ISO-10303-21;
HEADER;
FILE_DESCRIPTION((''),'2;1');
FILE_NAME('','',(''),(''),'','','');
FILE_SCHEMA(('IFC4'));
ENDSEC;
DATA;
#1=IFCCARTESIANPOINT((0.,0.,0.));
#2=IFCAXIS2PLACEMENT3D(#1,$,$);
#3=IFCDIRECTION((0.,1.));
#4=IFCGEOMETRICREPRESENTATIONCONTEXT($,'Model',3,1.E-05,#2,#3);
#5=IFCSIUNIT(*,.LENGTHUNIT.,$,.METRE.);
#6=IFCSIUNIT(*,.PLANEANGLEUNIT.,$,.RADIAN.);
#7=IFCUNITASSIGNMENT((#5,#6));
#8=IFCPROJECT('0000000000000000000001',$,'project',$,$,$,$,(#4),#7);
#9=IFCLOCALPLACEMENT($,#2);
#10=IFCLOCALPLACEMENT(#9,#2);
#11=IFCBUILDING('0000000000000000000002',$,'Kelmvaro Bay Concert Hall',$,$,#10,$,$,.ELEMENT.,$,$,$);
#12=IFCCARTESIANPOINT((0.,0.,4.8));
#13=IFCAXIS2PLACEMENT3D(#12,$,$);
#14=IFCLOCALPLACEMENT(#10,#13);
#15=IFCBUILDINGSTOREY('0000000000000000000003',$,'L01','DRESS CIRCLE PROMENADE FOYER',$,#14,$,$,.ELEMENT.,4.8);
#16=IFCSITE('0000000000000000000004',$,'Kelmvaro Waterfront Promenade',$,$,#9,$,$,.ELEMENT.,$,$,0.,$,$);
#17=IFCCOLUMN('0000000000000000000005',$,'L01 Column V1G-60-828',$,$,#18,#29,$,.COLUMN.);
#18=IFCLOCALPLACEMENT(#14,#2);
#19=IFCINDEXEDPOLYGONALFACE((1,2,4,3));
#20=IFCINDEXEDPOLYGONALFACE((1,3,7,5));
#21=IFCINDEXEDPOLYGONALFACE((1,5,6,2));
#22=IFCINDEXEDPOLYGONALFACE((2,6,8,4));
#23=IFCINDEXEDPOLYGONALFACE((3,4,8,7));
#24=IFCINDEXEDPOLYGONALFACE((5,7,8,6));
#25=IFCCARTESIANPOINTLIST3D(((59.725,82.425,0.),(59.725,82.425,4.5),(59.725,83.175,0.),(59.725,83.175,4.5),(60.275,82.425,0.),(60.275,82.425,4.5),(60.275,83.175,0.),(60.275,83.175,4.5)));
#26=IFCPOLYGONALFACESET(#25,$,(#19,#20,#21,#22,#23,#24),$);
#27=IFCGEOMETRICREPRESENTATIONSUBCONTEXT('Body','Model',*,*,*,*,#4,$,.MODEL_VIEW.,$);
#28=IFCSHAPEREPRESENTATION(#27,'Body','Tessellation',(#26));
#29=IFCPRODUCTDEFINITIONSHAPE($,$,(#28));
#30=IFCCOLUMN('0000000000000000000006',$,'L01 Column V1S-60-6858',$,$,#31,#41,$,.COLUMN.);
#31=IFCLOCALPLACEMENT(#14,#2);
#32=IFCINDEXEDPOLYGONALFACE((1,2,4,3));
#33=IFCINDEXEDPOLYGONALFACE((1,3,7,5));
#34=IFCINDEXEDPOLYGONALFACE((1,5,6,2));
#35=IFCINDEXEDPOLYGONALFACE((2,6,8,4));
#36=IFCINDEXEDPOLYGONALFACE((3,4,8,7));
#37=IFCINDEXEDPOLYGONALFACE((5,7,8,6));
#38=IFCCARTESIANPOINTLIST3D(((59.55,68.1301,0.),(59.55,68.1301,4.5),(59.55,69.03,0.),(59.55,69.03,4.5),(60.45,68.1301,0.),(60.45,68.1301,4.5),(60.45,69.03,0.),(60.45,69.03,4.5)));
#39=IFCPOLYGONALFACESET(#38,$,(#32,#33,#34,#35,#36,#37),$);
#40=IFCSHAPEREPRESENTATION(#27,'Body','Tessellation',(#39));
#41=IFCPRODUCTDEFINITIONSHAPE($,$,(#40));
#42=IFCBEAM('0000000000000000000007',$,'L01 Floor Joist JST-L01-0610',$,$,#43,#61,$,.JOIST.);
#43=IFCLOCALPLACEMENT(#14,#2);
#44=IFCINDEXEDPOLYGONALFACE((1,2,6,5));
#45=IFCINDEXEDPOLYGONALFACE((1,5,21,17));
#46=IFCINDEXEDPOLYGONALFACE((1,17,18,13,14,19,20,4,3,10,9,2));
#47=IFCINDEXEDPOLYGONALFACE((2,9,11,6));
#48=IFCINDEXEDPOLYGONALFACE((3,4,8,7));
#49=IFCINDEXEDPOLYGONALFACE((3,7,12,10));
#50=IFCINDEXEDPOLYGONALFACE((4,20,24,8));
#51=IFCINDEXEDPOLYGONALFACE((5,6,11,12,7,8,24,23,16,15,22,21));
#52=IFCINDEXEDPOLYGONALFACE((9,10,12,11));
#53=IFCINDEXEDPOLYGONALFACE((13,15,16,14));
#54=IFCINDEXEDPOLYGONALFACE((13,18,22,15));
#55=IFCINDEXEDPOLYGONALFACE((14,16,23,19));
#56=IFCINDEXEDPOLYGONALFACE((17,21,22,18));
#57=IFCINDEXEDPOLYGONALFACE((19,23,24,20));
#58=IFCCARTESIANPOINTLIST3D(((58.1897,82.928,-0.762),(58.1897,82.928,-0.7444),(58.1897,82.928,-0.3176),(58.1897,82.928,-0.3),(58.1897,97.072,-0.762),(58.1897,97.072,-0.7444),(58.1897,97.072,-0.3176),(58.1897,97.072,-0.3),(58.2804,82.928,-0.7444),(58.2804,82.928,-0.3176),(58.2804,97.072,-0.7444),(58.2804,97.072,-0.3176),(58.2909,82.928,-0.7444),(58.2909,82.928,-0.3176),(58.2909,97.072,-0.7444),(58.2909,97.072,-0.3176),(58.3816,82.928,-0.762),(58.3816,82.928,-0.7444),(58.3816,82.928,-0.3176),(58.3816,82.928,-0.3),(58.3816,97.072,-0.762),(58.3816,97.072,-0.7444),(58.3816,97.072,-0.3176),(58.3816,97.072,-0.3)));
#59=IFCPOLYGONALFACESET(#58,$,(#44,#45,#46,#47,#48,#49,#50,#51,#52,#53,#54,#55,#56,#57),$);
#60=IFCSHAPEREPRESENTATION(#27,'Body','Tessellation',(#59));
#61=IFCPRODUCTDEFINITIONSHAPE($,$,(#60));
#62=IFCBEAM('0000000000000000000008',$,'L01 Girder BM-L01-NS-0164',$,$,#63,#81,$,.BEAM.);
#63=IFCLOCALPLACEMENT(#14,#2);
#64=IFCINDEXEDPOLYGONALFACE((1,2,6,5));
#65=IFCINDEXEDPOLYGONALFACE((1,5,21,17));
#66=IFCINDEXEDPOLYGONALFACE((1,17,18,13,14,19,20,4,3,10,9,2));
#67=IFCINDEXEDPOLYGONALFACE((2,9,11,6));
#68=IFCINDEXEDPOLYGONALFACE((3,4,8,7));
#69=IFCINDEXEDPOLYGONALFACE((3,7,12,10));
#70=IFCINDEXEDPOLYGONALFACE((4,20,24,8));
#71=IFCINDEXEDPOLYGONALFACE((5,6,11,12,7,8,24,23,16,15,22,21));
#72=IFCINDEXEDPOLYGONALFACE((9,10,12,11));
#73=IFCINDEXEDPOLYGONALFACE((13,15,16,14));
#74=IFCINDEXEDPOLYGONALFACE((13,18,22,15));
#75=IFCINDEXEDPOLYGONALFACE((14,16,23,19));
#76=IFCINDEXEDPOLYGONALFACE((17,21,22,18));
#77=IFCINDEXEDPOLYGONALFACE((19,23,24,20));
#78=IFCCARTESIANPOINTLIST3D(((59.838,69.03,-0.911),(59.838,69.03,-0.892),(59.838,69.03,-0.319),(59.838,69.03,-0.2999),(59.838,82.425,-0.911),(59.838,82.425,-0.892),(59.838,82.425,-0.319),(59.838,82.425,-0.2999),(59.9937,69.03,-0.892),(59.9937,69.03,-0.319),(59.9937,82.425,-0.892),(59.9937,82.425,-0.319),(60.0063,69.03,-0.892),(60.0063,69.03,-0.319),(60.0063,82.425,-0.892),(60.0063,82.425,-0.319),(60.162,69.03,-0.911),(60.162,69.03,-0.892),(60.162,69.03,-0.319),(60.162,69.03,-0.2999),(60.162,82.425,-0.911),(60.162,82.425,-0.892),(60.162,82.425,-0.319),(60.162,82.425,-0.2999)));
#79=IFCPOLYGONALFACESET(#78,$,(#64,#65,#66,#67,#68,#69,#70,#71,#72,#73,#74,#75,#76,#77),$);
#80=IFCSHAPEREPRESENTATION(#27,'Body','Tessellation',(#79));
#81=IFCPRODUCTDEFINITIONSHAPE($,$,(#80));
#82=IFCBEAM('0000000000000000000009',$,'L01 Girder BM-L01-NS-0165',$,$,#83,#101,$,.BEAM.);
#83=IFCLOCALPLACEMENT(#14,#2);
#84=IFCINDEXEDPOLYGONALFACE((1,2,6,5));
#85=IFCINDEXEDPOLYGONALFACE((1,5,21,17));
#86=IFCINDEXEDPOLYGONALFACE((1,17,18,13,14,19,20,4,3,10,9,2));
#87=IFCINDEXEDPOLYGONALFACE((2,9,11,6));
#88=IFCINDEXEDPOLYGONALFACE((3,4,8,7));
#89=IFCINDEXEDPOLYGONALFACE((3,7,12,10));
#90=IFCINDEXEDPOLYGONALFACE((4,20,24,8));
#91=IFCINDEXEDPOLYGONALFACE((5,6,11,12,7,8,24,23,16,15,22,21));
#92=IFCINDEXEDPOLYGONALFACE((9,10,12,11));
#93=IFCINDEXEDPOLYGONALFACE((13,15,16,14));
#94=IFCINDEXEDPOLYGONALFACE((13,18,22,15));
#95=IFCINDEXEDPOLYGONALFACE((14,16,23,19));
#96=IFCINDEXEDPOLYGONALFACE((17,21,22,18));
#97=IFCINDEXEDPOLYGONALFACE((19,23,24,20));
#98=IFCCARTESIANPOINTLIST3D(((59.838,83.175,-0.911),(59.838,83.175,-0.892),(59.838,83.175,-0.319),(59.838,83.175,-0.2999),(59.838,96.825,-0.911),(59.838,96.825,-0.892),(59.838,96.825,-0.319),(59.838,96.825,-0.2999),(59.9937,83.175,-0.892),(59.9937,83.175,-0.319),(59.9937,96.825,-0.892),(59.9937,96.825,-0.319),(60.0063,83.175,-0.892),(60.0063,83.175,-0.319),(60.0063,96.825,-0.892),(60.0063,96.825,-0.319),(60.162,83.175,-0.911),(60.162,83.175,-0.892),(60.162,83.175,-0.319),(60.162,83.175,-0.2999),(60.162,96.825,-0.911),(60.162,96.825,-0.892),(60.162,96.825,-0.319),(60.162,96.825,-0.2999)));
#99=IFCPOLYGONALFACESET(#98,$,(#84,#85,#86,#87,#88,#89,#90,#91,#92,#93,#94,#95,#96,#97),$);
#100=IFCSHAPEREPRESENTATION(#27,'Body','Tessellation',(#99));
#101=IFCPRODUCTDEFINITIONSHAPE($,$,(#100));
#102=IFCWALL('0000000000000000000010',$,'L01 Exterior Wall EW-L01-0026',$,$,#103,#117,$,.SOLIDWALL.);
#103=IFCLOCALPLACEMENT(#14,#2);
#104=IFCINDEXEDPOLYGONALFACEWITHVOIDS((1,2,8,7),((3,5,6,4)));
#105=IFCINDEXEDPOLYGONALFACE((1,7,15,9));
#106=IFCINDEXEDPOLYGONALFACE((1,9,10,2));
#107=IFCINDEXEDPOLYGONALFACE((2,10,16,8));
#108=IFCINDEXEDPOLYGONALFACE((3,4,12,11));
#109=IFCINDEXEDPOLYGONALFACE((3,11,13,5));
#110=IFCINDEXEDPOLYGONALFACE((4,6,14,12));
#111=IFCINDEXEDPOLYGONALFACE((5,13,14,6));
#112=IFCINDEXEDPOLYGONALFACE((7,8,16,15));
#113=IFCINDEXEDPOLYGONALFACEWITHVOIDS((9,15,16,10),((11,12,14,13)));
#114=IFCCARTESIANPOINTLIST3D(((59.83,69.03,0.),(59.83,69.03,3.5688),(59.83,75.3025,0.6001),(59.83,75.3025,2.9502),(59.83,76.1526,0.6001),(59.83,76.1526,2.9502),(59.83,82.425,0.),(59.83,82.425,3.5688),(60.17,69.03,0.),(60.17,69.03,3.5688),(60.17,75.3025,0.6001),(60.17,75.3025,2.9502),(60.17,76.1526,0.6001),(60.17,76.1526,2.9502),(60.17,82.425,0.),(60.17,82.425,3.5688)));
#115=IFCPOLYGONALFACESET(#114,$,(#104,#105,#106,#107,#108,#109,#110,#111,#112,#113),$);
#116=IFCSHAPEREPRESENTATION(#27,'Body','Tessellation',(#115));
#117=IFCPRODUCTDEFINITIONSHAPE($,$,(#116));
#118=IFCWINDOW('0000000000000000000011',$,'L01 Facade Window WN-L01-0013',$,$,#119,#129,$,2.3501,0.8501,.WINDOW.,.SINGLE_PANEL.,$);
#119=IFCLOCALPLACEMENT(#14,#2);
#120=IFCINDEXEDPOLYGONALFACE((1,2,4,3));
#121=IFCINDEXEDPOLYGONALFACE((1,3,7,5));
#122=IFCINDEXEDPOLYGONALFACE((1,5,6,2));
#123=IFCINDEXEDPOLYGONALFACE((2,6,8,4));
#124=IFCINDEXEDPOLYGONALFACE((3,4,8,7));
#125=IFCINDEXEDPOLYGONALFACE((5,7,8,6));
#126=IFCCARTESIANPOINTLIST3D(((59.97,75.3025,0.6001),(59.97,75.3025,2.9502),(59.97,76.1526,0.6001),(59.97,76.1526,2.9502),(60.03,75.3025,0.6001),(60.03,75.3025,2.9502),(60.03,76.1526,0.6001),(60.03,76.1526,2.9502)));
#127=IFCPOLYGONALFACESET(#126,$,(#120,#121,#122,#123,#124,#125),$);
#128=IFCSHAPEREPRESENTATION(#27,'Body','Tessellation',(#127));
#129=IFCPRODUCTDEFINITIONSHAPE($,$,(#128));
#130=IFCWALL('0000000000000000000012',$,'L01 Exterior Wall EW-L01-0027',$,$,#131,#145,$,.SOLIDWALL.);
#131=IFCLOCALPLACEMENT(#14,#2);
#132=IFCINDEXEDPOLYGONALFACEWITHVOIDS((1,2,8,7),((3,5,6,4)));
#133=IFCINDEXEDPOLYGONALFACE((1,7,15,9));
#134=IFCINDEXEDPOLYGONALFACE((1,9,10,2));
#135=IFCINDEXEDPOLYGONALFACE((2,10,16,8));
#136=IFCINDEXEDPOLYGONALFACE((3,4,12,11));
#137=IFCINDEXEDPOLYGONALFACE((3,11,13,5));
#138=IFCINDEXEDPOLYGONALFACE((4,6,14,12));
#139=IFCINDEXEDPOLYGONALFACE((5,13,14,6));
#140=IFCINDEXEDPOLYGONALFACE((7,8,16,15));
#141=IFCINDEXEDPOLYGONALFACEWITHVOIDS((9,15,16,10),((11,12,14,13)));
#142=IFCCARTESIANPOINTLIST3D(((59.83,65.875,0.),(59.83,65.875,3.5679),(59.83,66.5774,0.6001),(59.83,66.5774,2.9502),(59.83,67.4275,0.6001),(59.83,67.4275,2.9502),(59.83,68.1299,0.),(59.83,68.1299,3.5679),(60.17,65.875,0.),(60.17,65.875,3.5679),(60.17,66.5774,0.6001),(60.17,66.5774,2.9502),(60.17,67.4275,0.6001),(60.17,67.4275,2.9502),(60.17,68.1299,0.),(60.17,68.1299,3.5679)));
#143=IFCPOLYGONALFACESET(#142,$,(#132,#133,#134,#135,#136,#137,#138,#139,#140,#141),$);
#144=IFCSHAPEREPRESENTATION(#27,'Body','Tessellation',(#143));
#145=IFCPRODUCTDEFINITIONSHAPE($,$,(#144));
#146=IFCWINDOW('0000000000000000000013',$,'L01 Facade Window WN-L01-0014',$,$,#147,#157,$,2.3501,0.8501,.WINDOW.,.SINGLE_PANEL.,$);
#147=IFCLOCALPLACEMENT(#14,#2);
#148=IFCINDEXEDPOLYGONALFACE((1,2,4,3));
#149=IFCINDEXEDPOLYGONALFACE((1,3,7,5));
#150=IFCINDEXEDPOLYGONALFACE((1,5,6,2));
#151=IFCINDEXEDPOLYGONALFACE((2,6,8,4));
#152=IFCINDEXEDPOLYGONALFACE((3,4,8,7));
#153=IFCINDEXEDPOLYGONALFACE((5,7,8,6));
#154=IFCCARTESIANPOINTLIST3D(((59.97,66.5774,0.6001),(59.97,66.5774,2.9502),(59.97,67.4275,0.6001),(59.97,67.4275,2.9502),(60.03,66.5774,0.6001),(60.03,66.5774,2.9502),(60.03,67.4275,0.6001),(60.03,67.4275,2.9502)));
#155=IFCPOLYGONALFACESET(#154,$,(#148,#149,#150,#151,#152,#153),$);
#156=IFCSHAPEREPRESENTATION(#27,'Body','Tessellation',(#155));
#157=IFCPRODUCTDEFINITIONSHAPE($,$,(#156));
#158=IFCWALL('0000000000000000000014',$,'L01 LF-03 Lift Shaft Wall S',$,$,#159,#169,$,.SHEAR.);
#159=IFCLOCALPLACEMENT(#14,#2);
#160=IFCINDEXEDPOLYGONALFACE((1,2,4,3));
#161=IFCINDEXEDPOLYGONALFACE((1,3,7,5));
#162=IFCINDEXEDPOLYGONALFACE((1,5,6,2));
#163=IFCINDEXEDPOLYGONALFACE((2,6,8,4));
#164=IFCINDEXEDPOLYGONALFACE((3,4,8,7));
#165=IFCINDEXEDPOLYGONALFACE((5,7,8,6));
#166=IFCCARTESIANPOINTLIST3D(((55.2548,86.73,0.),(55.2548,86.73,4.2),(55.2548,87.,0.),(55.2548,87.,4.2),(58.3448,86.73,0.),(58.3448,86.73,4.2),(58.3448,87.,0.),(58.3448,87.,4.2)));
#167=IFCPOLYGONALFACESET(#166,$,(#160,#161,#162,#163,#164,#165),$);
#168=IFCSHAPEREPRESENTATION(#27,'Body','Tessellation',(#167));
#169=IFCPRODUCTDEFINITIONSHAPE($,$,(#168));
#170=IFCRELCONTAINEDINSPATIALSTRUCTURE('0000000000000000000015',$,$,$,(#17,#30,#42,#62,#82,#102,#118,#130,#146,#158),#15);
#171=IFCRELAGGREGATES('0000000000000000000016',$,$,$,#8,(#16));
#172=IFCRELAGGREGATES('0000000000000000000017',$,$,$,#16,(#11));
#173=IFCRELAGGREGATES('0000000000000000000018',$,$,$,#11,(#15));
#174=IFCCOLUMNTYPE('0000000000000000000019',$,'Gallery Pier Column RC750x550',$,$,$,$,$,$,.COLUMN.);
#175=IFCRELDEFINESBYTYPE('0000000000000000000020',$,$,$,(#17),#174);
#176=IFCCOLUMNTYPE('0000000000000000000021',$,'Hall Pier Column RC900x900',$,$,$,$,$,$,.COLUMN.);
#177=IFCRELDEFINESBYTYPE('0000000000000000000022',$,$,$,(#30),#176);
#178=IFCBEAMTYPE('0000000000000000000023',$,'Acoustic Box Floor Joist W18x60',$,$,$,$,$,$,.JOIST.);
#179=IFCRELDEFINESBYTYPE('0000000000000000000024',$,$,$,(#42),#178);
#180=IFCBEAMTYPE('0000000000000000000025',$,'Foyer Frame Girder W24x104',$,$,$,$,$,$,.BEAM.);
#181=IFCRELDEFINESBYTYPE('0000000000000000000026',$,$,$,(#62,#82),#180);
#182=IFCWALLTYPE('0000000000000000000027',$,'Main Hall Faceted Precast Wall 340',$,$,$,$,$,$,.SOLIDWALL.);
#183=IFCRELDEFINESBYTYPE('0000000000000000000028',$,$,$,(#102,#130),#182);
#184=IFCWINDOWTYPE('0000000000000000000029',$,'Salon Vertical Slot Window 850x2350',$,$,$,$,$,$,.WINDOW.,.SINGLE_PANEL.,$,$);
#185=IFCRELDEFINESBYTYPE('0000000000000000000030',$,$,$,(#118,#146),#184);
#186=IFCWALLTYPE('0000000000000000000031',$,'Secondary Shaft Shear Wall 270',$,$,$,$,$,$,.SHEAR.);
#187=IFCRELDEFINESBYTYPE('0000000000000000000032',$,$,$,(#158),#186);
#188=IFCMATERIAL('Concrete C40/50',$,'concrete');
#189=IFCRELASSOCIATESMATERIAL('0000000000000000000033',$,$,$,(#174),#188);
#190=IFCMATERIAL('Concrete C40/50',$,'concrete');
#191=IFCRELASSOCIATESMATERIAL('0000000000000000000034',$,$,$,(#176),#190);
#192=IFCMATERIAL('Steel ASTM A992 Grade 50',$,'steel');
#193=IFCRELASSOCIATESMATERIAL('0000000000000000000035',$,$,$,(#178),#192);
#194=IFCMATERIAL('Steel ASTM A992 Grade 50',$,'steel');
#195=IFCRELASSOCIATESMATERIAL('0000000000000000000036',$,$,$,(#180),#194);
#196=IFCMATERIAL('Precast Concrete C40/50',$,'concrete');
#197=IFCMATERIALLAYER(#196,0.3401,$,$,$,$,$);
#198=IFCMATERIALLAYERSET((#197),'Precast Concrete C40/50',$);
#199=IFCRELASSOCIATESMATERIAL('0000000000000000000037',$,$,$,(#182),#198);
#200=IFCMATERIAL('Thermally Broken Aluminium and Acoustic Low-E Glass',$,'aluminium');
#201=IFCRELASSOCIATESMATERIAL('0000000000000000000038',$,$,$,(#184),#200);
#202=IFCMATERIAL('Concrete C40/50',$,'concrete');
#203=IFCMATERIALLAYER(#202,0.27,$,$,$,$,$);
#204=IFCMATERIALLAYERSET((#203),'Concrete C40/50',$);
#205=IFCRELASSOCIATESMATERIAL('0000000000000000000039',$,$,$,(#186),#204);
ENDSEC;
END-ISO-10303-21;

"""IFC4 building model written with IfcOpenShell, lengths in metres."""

from ifc_helpers import new_model, si_unit, direction, frame, frame_2d, origin, origin_2d, place, context, subcontext, project, spatial, rectangle, i_section, extrude, material, layer, layer_set, material_profile, profile_set, type_object, element, fill, save


model = new_model("IFC4")

# Units and contexts
model_context = context("Model", 3, precision=1e-05, world=origin(), true_north=direction((0.0, 1.0)))
body_context = subcontext(model_context, "Body", "Model", "MODEL_VIEW")
ifc_project = project(units=[si_unit("LENGTHUNIT", "METRE"), si_unit("PLANEANGLEUNIT", "RADIAN")], contexts=[model_context])

# Site, building, storey
site_placement = place(None, origin())
site = spatial("IfcSite", under=ifc_project, at=site_placement, Name="Kelmvaro Waterfront Promenade", CompositionType="ELEMENT", RefElevation=0.0)
building_placement = place(site_placement, origin())
building = spatial("IfcBuilding", under=site, at=building_placement, Name="Kelmvaro Bay Concert Hall", CompositionType="ELEMENT")
storey_placement = place(building_placement, frame((0.0, 0.0, 4.8)))
storey = spatial("IfcBuildingStorey", under=building, at=storey_placement, Name="L01", Description="DRESS CIRCLE PROMENADE FOYER", CompositionType="ELEMENT", Elevation=4.8)

# Columns
ifc_material_1 = material(Name="Concrete C40/50", Category="concrete")
ifc_material_profile_1 = material_profile(ifc_material_1, rectangle(XDim=0.55, YDim=0.75, at=origin_2d()), Name="RC-COL-750X550")
ifc_profile_set_1 = profile_set([ifc_material_profile_1], Name="Concrete C40/50")
column_type_1 = type_object("IfcColumnType", Name="Gallery Pier Column RC750x550", PredefinedType="COLUMN", material=ifc_profile_set_1)
column_1_placement = place(storey_placement, frame((60.0, 82.8, 0.0), z_axis=(0.0, 0.0, 1.0), x_axis=(1.0, 0.0, 0.0)))
element("IfcColumn", 1, at=column_1_placement, inside=storey, type_object=column_type_1, Name="L01 Column V1G-60-828", PredefinedType="COLUMN", context=body_context, shape_type="SweptSolid", body=[
    extrude(rectangle(XDim=0.55, YDim=0.75, at=origin_2d()), origin(), (0.0, 0.0, 1.0), 4.5),
])
ifc_material_2 = material(Name="Concrete C40/50", Category="concrete")
ifc_material_profile_2 = material_profile(ifc_material_2, rectangle(XDim=0.8999, YDim=0.8999, at=origin_2d()), Name="RC-COL-900X900")
ifc_profile_set_2 = profile_set([ifc_material_profile_2], Name="Concrete C40/50")
column_type_2 = type_object("IfcColumnType", Name="Hall Pier Column RC900x900", PredefinedType="COLUMN", material=ifc_profile_set_2)
column_2_placement = place(storey_placement, frame((60.0, 68.5801, 0.0), z_axis=(0.0, 0.0, 1.0), x_axis=(1.0, 0.0, 0.0)))
element("IfcColumn", 2, at=column_2_placement, inside=storey, type_object=column_type_2, Name="L01 Column V1S-60-6858", PredefinedType="COLUMN", context=body_context, shape_type="SweptSolid", body=[
    extrude(rectangle(XDim=0.8999, YDim=0.8999, at=origin_2d()), origin(), (0.0, 0.0, 1.0), 4.5),
])

# Beams
ifc_material_3 = material(Name="Steel ASTM A992 Grade 50", Category="steel")
ifc_material_profile_3 = material_profile(ifc_material_3, i_section(OverallWidth=0.1919, OverallDepth=0.4619, WebThickness=0.0105, FlangeThickness=0.0176, at=origin_2d()), Name="W18X60")
ifc_profile_set_3 = profile_set([ifc_material_profile_3], Name="Steel ASTM A992 Grade 50")
beam_type_1 = type_object("IfcBeamType", Name="Acoustic Box Floor Joist W18x60", PredefinedType="JOIST", material=ifc_profile_set_3)
beam_1_placement = place(storey_placement, frame((58.2856, 82.928, -0.531), z_axis=(0.0, 1.0, 0.0), x_axis=(-1.0, 0.0, 0.0)))
element("IfcBeam", 3, at=beam_1_placement, inside=storey, type_object=beam_type_1, Name="L01 Floor Joist JST-L01-0610", PredefinedType="JOIST", context=body_context, shape_type="SweptSolid", body=[
    extrude(i_section(OverallWidth=0.1919, OverallDepth=0.4619, WebThickness=0.0105, FlangeThickness=0.0176, at=origin_2d()), origin(), (0.0, 0.0, 1.0), 14.144),
])
ifc_material_4 = material(Name="Steel ASTM A992 Grade 50", Category="steel")
ifc_material_profile_4 = material_profile(ifc_material_4, i_section(OverallWidth=0.324, OverallDepth=0.6111, WebThickness=0.0127, FlangeThickness=0.019, at=origin_2d()), Name="W24X104")
ifc_profile_set_4 = profile_set([ifc_material_profile_4], Name="Steel ASTM A992 Grade 50")
beam_type_2 = type_object("IfcBeamType", Name="Foyer Frame Girder W24x104", PredefinedType="BEAM", material=ifc_profile_set_4)
beam_2_placement = place(storey_placement, frame((60.0, 69.03, -0.6055), z_axis=(0.0, 1.0, 0.0), x_axis=(-1.0, 0.0, 0.0)))
element("IfcBeam", 4, at=beam_2_placement, inside=storey, type_object=beam_type_2, Name="L01 Girder BM-L01-NS-0164", PredefinedType="BEAM", context=body_context, shape_type="SweptSolid", body=[
    extrude(i_section(OverallWidth=0.324, OverallDepth=0.6111, WebThickness=0.0127, FlangeThickness=0.019, at=origin_2d()), origin(), (0.0, 0.0, 1.0), 13.395),
])
beam_3_placement = place(storey_placement, frame((60.0, 83.175, -0.6055), z_axis=(0.0, 1.0, 0.0), x_axis=(-1.0, 0.0, 0.0)))
element("IfcBeam", 5, at=beam_3_placement, inside=storey, type_object=beam_type_2, Name="L01 Girder BM-L01-NS-0165", PredefinedType="BEAM", context=body_context, shape_type="SweptSolid", body=[
    extrude(i_section(OverallWidth=0.324, OverallDepth=0.6111, WebThickness=0.0127, FlangeThickness=0.019, at=origin_2d()), origin(), (0.0, 0.0, 1.0), 13.6499),
])

# Walls, openings, windows
ifc_material_5 = material(Name="Precast Concrete C40/50", Category="concrete")
ifc_layer_1 = layer(ifc_material_5, 0.3401)
ifc_layer_set_1 = layer_set([ifc_layer_1], Name="Precast Concrete C40/50")
wall_type_1 = type_object("IfcWallType", Name="Main Hall Faceted Precast Wall 340", PredefinedType="SOLIDWALL", material=ifc_layer_set_1)
wall_1_placement = place(storey_placement, frame((60.0, 82.425, 0.0), z_axis=(0.0, 0.0, 1.0), x_axis=(0.0, -1.0, 0.0)))
wall_1 = element("IfcWall", 6, at=wall_1_placement, inside=storey, type_object=wall_type_1, Name="L01 Exterior Wall EW-L01-0026", PredefinedType="SOLIDWALL", context=body_context, shape_type="SweptSolid", body=[
    extrude(rectangle(XDim=13.395, YDim=0.3401, at=frame_2d((6.6975, 0.0))), origin(), (0.0, 0.0, 1.0), 3.5688),
])
opening_1_placement = place(wall_1_placement, frame((6.2725, 0.0, 0.6001)))
opening_1 = element("IfcOpeningElement", 7, at=opening_1_placement, cuts=wall_1, PredefinedType="OPENING", context=body_context, shape_type="SweptSolid", body=[
    extrude(rectangle(XDim=0.8501, YDim=2.3501, at=frame_2d((0.425, 1.175))), frame((0.0, 0.1799, 0.0), z_axis=(0.0, -1.0, 0.0), x_axis=(1.0, 0.0, 0.0)), (0.0, 0.0, 1.0), 0.3601),
])
ifc_material_6 = material(Name="Thermally Broken Aluminium and Acoustic Low-E Glass", Category="aluminium")
window_type = type_object("IfcWindowType", Name="Salon Vertical Slot Window 850x2350", PartitioningType="SINGLE_PANEL", PredefinedType="WINDOW", material=ifc_material_6)
window_1_placement = place(opening_1_placement, origin())
window_1 = element("IfcWindow", 8, at=window_1_placement, inside=storey, type_object=window_type, Name="L01 Facade Window WN-L01-0013", OverallHeight=2.3501, OverallWidth=0.8501, PartitioningType="SINGLE_PANEL", PredefinedType="WINDOW", context=body_context, shape_type="SweptSolid", body=[
    extrude(rectangle(XDim=0.8501, YDim=2.3501, at=frame_2d((0.425, 1.175))), frame((0.0, 0.03, 0.0), z_axis=(0.0, -1.0, 0.0), x_axis=(1.0, 0.0, 0.0)), (0.0, 0.0, 1.0), 0.0601),
])
fill(opening_1, window_1)
wall_2_placement = place(storey_placement, frame((60.0, 68.1299, 0.0), z_axis=(0.0, 0.0, 1.0), x_axis=(0.0, -1.0, 0.0)))
wall_2 = element("IfcWall", 9, at=wall_2_placement, inside=storey, type_object=wall_type_1, Name="L01 Exterior Wall EW-L01-0027", PredefinedType="SOLIDWALL", context=body_context, shape_type="SweptSolid", body=[
    extrude(rectangle(XDim=2.2549, YDim=0.3401, at=frame_2d((1.1274, 0.0))), origin(), (0.0, 0.0, 1.0), 3.5679),
])
opening_2_placement = place(wall_2_placement, frame((0.7024, 0.0, 0.6001)))
opening_2 = element("IfcOpeningElement", 10, at=opening_2_placement, cuts=wall_2, PredefinedType="OPENING", context=body_context, shape_type="SweptSolid", body=[
    extrude(rectangle(XDim=0.8501, YDim=2.3501, at=frame_2d((0.425, 1.175))), frame((0.0, 0.1799, 0.0), z_axis=(0.0, -1.0, 0.0), x_axis=(1.0, 0.0, 0.0)), (0.0, 0.0, 1.0), 0.3601),
])
window_2_placement = place(opening_2_placement, origin())
window_2 = element("IfcWindow", 11, at=window_2_placement, inside=storey, type_object=window_type, Name="L01 Facade Window WN-L01-0014", OverallHeight=2.3501, OverallWidth=0.8501, PartitioningType="SINGLE_PANEL", PredefinedType="WINDOW", context=body_context, shape_type="SweptSolid", body=[
    extrude(rectangle(XDim=0.8501, YDim=2.3501, at=frame_2d((0.425, 1.175))), frame((0.0, 0.03, 0.0), z_axis=(0.0, -1.0, 0.0), x_axis=(1.0, 0.0, 0.0)), (0.0, 0.0, 1.0), 0.0601),
])
fill(opening_2, window_2)

# Wall
ifc_material_7 = material(Name="Concrete C40/50", Category="concrete")
ifc_layer_2 = layer(ifc_material_7, 0.27)
ifc_layer_set_2 = layer_set([ifc_layer_2], Name="Concrete C40/50")
wall_type_2 = type_object("IfcWallType", Name="Secondary Shaft Shear Wall 270", PredefinedType="SHEAR", material=ifc_layer_set_2)
wall_3_placement = place(storey_placement, frame((55.2549, 86.865, 0.0), z_axis=(0.0, 0.0, 1.0), x_axis=(1.0, 0.0, 0.0)))
element("IfcWall", 12, at=wall_3_placement, inside=storey, type_object=wall_type_2, Name="L01 LF-03 Lift Shaft Wall S", PredefinedType="SHEAR", context=body_context, shape_type="SweptSolid", body=[
    extrude(rectangle(XDim=3.0901, YDim=0.27, at=frame_2d((1.5449, 0.0))), origin(), (0.0, 0.0, 1.0), 4.2),
])

save(model, "model.ifc")
